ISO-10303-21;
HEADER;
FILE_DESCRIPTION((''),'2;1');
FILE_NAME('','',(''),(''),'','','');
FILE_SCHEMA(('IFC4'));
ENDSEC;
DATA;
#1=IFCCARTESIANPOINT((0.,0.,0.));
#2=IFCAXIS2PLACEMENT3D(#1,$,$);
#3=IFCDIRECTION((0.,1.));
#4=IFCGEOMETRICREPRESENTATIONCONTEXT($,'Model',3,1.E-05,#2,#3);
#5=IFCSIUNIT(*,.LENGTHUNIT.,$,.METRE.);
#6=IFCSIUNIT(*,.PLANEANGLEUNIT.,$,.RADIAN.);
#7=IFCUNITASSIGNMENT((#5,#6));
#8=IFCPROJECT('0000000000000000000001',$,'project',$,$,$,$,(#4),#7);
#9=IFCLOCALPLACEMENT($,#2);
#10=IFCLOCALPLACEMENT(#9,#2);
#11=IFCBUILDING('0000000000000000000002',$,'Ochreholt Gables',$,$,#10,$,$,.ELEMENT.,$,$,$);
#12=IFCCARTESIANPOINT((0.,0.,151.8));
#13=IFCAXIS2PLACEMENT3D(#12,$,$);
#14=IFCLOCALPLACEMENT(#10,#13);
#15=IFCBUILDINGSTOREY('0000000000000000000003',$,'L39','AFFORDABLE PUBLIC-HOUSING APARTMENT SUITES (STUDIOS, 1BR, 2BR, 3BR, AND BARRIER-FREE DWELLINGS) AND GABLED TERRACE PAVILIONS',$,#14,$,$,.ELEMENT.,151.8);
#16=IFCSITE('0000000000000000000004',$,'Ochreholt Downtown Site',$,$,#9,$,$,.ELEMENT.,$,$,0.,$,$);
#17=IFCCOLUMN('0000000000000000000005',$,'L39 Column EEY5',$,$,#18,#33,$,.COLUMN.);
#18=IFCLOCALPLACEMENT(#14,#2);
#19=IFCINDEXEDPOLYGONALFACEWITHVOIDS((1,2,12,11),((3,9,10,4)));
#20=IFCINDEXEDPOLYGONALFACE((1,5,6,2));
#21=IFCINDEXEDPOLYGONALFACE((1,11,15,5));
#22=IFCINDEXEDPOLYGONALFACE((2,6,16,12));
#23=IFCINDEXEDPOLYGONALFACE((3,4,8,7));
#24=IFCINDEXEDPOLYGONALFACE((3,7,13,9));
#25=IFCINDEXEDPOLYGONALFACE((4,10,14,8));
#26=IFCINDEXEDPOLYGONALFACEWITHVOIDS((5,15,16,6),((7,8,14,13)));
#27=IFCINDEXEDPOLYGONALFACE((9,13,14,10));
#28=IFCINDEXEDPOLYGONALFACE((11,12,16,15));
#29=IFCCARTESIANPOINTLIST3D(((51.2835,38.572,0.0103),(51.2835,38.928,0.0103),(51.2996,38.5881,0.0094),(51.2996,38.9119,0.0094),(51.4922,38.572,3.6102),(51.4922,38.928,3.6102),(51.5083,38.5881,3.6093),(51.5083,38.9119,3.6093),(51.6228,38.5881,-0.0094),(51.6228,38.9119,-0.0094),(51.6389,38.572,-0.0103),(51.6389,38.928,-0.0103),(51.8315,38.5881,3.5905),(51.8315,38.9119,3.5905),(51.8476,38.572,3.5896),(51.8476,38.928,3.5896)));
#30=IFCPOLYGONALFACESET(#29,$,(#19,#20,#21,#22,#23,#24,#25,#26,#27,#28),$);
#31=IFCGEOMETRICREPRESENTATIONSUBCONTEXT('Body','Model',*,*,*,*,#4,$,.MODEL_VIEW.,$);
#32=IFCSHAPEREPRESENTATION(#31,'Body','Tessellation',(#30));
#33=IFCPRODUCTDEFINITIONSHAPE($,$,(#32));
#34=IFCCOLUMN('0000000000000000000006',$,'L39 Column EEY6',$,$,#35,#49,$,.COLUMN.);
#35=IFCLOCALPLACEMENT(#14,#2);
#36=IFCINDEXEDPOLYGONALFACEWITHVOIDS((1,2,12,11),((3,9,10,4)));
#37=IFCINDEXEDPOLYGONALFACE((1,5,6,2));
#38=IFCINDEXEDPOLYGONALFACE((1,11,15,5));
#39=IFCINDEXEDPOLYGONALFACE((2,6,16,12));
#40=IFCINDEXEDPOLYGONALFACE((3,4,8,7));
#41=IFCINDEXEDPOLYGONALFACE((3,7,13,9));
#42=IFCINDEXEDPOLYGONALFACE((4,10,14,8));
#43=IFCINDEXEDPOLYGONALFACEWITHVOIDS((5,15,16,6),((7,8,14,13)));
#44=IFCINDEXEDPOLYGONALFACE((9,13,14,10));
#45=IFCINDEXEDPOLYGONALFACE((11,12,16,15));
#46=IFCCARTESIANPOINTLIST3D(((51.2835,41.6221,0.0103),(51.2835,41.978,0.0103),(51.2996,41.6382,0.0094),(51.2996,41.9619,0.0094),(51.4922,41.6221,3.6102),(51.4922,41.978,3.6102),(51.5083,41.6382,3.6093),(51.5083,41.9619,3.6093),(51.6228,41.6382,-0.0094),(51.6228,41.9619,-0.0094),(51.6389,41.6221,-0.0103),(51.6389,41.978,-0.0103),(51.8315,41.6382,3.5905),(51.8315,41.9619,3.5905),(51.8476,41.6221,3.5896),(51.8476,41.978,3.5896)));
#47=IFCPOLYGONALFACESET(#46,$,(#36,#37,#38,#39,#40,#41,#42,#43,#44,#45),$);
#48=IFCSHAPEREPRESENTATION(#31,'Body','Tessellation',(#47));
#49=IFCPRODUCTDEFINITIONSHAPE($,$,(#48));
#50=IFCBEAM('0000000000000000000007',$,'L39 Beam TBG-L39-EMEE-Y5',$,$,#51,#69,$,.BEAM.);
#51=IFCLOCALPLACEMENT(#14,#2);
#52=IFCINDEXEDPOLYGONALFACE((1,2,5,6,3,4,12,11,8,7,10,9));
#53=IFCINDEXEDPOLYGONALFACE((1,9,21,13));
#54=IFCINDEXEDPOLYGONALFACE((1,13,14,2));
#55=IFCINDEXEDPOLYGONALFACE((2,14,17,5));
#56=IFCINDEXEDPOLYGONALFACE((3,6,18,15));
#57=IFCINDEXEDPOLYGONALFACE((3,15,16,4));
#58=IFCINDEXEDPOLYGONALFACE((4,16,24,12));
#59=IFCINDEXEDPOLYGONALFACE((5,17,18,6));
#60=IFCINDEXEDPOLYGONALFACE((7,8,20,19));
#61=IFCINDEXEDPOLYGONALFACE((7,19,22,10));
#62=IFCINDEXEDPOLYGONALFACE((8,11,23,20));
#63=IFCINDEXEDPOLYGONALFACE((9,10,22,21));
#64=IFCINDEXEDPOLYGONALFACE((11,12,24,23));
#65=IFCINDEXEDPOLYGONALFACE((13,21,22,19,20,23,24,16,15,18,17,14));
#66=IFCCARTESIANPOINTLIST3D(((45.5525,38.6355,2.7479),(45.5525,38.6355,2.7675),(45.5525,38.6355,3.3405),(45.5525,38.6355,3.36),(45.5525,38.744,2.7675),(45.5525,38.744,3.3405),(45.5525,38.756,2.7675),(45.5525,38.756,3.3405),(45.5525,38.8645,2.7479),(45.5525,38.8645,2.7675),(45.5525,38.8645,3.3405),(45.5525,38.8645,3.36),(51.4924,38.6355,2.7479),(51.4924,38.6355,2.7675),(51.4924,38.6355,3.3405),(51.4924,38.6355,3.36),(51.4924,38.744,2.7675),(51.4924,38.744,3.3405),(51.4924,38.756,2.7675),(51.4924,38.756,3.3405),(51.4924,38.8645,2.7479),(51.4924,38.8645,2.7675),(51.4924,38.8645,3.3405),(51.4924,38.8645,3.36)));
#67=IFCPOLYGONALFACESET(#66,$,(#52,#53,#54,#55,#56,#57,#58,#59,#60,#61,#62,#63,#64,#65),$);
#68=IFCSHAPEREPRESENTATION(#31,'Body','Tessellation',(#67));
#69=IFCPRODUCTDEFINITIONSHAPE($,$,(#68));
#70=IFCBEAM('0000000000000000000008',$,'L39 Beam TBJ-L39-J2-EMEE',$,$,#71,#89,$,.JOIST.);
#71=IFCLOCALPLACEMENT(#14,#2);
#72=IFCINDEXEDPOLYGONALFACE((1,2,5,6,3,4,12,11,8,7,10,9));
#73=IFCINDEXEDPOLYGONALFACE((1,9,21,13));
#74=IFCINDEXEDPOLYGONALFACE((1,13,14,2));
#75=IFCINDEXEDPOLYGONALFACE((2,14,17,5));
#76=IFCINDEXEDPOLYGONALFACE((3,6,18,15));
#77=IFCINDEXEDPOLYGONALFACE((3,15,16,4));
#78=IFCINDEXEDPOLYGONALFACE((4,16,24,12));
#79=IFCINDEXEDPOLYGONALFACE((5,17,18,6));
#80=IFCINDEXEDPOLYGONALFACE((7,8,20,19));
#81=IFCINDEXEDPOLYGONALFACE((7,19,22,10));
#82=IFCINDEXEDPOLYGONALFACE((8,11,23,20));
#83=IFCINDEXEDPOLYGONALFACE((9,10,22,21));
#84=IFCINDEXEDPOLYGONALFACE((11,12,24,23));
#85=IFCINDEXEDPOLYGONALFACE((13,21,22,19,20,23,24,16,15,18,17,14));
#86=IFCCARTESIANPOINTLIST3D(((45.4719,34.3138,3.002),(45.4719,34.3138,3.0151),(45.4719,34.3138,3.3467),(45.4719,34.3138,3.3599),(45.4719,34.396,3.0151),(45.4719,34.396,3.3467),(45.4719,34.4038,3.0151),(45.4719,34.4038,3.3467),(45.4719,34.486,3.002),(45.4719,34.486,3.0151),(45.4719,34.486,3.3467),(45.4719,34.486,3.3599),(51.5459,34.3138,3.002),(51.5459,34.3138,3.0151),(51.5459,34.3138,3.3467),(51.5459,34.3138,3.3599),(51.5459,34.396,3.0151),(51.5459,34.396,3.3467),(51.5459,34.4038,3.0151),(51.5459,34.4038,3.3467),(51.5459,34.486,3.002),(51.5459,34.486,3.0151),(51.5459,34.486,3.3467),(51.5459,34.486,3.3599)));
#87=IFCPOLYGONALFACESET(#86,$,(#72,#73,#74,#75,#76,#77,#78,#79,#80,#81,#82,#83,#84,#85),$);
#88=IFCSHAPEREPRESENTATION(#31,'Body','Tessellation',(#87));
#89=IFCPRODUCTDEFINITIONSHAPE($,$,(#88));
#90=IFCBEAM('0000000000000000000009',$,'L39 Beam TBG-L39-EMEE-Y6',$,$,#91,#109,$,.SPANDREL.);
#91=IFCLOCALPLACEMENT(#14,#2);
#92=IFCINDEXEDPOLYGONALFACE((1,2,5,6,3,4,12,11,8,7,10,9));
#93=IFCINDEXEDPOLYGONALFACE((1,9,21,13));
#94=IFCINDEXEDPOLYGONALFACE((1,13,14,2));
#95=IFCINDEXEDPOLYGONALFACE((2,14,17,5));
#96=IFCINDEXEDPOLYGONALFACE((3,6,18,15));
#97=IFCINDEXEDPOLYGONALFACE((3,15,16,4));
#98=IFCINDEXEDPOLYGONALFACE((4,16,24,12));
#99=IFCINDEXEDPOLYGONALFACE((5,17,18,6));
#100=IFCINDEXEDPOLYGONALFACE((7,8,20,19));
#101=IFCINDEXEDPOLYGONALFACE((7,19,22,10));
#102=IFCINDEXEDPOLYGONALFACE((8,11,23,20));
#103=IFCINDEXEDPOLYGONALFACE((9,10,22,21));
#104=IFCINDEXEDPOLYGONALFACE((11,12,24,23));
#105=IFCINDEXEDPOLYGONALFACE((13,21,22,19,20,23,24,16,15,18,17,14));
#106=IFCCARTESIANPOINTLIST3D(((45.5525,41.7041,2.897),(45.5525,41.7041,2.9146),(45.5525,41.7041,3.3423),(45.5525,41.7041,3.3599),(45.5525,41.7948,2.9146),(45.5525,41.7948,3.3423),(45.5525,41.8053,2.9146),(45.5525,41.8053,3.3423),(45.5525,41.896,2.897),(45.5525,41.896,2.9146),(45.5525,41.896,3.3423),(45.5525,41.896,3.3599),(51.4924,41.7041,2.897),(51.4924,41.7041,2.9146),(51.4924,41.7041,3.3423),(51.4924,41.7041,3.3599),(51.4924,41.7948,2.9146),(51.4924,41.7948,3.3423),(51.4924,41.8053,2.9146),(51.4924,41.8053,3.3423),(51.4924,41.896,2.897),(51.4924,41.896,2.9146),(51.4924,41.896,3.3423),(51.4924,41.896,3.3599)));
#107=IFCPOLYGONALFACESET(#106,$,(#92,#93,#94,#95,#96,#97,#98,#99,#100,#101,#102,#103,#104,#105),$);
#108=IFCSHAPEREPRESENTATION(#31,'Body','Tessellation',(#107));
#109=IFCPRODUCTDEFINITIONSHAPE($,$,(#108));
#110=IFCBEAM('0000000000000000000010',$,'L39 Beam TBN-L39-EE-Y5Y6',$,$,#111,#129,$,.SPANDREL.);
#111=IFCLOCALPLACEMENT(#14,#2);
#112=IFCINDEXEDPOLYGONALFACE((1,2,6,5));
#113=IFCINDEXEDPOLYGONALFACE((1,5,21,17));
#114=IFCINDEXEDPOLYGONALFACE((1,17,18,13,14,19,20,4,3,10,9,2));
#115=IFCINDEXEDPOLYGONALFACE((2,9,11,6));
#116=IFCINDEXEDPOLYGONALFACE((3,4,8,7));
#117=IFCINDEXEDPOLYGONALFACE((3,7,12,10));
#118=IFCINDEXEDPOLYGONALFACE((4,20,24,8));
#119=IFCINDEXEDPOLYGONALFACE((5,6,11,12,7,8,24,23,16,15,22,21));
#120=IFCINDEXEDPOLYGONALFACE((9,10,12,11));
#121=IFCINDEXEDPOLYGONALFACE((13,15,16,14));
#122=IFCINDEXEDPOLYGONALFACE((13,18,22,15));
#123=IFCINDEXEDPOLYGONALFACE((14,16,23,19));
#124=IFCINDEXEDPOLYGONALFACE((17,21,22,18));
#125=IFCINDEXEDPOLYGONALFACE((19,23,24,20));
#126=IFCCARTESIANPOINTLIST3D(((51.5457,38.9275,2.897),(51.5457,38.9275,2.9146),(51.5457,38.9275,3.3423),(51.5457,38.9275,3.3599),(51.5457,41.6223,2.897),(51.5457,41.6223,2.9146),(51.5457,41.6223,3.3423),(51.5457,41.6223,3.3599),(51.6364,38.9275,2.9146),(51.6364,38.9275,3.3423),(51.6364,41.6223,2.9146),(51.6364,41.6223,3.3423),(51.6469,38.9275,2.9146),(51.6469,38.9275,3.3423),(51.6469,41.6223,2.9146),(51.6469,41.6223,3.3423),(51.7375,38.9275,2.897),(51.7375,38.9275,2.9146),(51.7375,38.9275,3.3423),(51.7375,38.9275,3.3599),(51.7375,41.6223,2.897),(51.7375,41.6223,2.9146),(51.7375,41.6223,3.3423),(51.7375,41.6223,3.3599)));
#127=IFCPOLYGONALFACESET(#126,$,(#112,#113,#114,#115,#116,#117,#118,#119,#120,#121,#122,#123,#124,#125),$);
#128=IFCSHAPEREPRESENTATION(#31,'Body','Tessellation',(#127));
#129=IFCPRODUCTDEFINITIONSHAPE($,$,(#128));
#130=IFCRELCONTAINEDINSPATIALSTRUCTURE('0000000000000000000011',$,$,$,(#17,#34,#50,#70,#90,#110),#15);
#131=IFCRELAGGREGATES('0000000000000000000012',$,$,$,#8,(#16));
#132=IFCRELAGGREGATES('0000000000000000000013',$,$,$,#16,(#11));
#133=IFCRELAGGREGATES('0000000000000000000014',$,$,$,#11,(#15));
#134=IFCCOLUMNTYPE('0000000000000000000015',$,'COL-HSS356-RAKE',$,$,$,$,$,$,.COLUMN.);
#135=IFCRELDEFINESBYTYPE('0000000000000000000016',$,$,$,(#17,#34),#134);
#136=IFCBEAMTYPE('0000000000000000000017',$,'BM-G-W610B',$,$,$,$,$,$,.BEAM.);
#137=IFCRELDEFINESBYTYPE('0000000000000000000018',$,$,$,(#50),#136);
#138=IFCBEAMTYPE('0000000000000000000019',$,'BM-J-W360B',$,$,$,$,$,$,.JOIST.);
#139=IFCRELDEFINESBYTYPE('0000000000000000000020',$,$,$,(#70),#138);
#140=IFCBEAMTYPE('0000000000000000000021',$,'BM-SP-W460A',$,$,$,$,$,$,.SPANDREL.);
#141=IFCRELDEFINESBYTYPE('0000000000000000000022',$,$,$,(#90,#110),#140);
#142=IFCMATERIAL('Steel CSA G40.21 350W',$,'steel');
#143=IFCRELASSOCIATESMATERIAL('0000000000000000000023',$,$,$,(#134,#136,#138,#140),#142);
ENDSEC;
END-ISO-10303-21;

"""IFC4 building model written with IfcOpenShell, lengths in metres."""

from ifc_helpers import new_model, si_unit, direction, frame, origin, origin_2d, place, context, subcontext, project, spatial, hollow_rectangle, i_section, extrude, material, material_profile, profile_set, type_object, element, save


model = new_model("IFC4")

# Units and contexts
model_context = context("Model", 3, precision=1e-05, world=origin(), true_north=direction((0.0, 1.0)))
body_context = subcontext(model_context, "Body", "Model", "MODEL_VIEW")
ifc_project = project(units=[si_unit("LENGTHUNIT", "METRE"), si_unit("PLANEANGLEUNIT", "RADIAN")], contexts=[model_context])

# Site, building, storey
site_placement = place(None, origin())
site = spatial("IfcSite", under=ifc_project, at=site_placement, Name="Ochreholt Downtown Site", CompositionType="ELEMENT", RefElevation=0.0)
building_placement = place(site_placement, origin())
building = spatial("IfcBuilding", under=site, at=building_placement, Name="Ochreholt Gables", CompositionType="ELEMENT")
storey_placement = place(building_placement, frame((0.0, 0.0, 151.8)))
storey = spatial("IfcBuildingStorey", under=building, at=storey_placement, Name="L39", Description="AFFORDABLE PUBLIC-HOUSING APARTMENT SUITES (STUDIOS, 1BR, 2BR, 3BR, AND BARRIER-FREE DWELLINGS) AND GABLED TERRACE PAVILIONS", CompositionType="ELEMENT", Elevation=151.8)

# Columns
ifc_material_1 = material(Name="Steel CSA G40.21 350W", Category="steel")
ifc_material_profile_1 = material_profile(ifc_material_1, hollow_rectangle(XDim=0.356, YDim=0.356, WallThickness=0.0161, at=origin_2d()), Name="HSS356X356X16")
ifc_profile_set_1 = profile_set([ifc_material_profile_1], Name="Steel CSA G40.21 350W")
column_type = type_object("IfcColumnType", Name="COL-HSS356-RAKE", PredefinedType="COLUMN", material=ifc_profile_set_1)
for number, where, z_axis, x_axis, name in (
    (1, (51.4612, 38.75, 0.0), (0.057889, 0.0, 0.998323), (0.0, 1.0, 0.0), "L39 Column EEY5"),
    (2, (51.4612, 41.8, 0.0), (0.057889, 0.0, 0.998323), (0.0, 1.0, 0.0), "L39 Column EEY6"),
):
    element("IfcColumn", number, at=place(storey_placement, frame(where, z_axis=z_axis, x_axis=x_axis)), inside=storey, type_object=column_type, Name=name, PredefinedType="COLUMN", context=body_context, shape_type="SweptSolid", body=[
        extrude(hollow_rectangle(XDim=0.356, YDim=0.356, WallThickness=0.0161, at=origin_2d()), origin(), (0.0, 0.0, 1.0), 3.606),
    ])

# Beams
ifc_material_profile_2 = material_profile(ifc_material_1, i_section(OverallWidth=0.229, OverallDepth=0.6121, WebThickness=0.012, FlangeThickness=0.0195, at=origin_2d()), Name="W610X125")
ifc_profile_set_2 = profile_set([ifc_material_profile_2], Name="Steel CSA G40.21 350W")
beam_type_1 = type_object("IfcBeamType", Name="BM-G-W610B", PredefinedType="BEAM", material=ifc_profile_set_2)
beam_1_placement = place(storey_placement, frame((45.5525, 38.75, 3.054), z_axis=(1.0, 0.0, 0.0), x_axis=(0.0, 1.0, 0.0)))
element("IfcBeam", 3, at=beam_1_placement, inside=storey, type_object=beam_type_1, Name="L39 Beam TBG-L39-EMEE-Y5", PredefinedType="BEAM", context=body_context, shape_type="SweptSolid", body=[
    extrude(i_section(OverallWidth=0.229, OverallDepth=0.6121, WebThickness=0.012, FlangeThickness=0.0195, at=origin_2d()), origin(), (0.0, 0.0, 1.0), 5.9399),
])
ifc_material_profile_3 = material_profile(ifc_material_1, i_section(OverallWidth=0.1721, OverallDepth=0.3579, WebThickness=0.0078, FlangeThickness=0.0132, at=origin_2d()), Name="W360X57")
ifc_profile_set_3 = profile_set([ifc_material_profile_3], Name="Steel CSA G40.21 350W")
beam_type_2 = type_object("IfcBeamType", Name="BM-J-W360B", PredefinedType="JOIST", material=ifc_profile_set_3)
beam_2_placement = place(storey_placement, frame((45.4719, 34.3999, 3.1809), z_axis=(1.0, 0.0, 0.0), x_axis=(0.0, 1.0, 0.0)))
element("IfcBeam", 4, at=beam_2_placement, inside=storey, type_object=beam_type_2, Name="L39 Beam TBJ-L39-J2-EMEE", PredefinedType="JOIST", context=body_context, shape_type="SweptSolid", body=[
    extrude(i_section(OverallWidth=0.1721, OverallDepth=0.3579, WebThickness=0.0078, FlangeThickness=0.0132, at=origin_2d()), origin(), (0.0, 0.0, 1.0), 6.074),
])
ifc_material_profile_4 = material_profile(ifc_material_1, i_section(OverallWidth=0.1919, OverallDepth=0.4629, WebThickness=0.0105, FlangeThickness=0.0176, at=origin_2d()), Name="W460X89")
ifc_profile_set_4 = profile_set([ifc_material_profile_4], Name="Steel CSA G40.21 350W")
beam_type_3 = type_object("IfcBeamType", Name="BM-SP-W460A", PredefinedType="SPANDREL", material=ifc_profile_set_4)
beam_3_placement = place(storey_placement, frame((45.5525, 41.8, 3.1284), z_axis=(1.0, 0.0, 0.0), x_axis=(0.0, 1.0, 0.0)))
element("IfcBeam", 5, at=beam_3_placement, inside=storey, type_object=beam_type_3, Name="L39 Beam TBG-L39-EMEE-Y6", PredefinedType="SPANDREL", context=body_context, shape_type="SweptSolid", body=[
    extrude(i_section(OverallWidth=0.1919, OverallDepth=0.4629, WebThickness=0.0105, FlangeThickness=0.0176, at=origin_2d()), origin(), (0.0, 0.0, 1.0), 5.9399),
])
beam_4_placement = place(storey_placement, frame((51.6416, 38.9275, 3.1284), z_axis=(0.0, 1.0, 0.0), x_axis=(-1.0, 0.0, 0.0)))
element("IfcBeam", 6, at=beam_4_placement, inside=storey, type_object=beam_type_3, Name="L39 Beam TBN-L39-EE-Y5Y6", PredefinedType="SPANDREL", context=body_context, shape_type="SweptSolid", body=[
    extrude(i_section(OverallWidth=0.1919, OverallDepth=0.4629, WebThickness=0.0105, FlangeThickness=0.0176, at=origin_2d()), origin(), (0.0, 0.0, 1.0), 2.6948),
])

save(model, "model.ifc")
